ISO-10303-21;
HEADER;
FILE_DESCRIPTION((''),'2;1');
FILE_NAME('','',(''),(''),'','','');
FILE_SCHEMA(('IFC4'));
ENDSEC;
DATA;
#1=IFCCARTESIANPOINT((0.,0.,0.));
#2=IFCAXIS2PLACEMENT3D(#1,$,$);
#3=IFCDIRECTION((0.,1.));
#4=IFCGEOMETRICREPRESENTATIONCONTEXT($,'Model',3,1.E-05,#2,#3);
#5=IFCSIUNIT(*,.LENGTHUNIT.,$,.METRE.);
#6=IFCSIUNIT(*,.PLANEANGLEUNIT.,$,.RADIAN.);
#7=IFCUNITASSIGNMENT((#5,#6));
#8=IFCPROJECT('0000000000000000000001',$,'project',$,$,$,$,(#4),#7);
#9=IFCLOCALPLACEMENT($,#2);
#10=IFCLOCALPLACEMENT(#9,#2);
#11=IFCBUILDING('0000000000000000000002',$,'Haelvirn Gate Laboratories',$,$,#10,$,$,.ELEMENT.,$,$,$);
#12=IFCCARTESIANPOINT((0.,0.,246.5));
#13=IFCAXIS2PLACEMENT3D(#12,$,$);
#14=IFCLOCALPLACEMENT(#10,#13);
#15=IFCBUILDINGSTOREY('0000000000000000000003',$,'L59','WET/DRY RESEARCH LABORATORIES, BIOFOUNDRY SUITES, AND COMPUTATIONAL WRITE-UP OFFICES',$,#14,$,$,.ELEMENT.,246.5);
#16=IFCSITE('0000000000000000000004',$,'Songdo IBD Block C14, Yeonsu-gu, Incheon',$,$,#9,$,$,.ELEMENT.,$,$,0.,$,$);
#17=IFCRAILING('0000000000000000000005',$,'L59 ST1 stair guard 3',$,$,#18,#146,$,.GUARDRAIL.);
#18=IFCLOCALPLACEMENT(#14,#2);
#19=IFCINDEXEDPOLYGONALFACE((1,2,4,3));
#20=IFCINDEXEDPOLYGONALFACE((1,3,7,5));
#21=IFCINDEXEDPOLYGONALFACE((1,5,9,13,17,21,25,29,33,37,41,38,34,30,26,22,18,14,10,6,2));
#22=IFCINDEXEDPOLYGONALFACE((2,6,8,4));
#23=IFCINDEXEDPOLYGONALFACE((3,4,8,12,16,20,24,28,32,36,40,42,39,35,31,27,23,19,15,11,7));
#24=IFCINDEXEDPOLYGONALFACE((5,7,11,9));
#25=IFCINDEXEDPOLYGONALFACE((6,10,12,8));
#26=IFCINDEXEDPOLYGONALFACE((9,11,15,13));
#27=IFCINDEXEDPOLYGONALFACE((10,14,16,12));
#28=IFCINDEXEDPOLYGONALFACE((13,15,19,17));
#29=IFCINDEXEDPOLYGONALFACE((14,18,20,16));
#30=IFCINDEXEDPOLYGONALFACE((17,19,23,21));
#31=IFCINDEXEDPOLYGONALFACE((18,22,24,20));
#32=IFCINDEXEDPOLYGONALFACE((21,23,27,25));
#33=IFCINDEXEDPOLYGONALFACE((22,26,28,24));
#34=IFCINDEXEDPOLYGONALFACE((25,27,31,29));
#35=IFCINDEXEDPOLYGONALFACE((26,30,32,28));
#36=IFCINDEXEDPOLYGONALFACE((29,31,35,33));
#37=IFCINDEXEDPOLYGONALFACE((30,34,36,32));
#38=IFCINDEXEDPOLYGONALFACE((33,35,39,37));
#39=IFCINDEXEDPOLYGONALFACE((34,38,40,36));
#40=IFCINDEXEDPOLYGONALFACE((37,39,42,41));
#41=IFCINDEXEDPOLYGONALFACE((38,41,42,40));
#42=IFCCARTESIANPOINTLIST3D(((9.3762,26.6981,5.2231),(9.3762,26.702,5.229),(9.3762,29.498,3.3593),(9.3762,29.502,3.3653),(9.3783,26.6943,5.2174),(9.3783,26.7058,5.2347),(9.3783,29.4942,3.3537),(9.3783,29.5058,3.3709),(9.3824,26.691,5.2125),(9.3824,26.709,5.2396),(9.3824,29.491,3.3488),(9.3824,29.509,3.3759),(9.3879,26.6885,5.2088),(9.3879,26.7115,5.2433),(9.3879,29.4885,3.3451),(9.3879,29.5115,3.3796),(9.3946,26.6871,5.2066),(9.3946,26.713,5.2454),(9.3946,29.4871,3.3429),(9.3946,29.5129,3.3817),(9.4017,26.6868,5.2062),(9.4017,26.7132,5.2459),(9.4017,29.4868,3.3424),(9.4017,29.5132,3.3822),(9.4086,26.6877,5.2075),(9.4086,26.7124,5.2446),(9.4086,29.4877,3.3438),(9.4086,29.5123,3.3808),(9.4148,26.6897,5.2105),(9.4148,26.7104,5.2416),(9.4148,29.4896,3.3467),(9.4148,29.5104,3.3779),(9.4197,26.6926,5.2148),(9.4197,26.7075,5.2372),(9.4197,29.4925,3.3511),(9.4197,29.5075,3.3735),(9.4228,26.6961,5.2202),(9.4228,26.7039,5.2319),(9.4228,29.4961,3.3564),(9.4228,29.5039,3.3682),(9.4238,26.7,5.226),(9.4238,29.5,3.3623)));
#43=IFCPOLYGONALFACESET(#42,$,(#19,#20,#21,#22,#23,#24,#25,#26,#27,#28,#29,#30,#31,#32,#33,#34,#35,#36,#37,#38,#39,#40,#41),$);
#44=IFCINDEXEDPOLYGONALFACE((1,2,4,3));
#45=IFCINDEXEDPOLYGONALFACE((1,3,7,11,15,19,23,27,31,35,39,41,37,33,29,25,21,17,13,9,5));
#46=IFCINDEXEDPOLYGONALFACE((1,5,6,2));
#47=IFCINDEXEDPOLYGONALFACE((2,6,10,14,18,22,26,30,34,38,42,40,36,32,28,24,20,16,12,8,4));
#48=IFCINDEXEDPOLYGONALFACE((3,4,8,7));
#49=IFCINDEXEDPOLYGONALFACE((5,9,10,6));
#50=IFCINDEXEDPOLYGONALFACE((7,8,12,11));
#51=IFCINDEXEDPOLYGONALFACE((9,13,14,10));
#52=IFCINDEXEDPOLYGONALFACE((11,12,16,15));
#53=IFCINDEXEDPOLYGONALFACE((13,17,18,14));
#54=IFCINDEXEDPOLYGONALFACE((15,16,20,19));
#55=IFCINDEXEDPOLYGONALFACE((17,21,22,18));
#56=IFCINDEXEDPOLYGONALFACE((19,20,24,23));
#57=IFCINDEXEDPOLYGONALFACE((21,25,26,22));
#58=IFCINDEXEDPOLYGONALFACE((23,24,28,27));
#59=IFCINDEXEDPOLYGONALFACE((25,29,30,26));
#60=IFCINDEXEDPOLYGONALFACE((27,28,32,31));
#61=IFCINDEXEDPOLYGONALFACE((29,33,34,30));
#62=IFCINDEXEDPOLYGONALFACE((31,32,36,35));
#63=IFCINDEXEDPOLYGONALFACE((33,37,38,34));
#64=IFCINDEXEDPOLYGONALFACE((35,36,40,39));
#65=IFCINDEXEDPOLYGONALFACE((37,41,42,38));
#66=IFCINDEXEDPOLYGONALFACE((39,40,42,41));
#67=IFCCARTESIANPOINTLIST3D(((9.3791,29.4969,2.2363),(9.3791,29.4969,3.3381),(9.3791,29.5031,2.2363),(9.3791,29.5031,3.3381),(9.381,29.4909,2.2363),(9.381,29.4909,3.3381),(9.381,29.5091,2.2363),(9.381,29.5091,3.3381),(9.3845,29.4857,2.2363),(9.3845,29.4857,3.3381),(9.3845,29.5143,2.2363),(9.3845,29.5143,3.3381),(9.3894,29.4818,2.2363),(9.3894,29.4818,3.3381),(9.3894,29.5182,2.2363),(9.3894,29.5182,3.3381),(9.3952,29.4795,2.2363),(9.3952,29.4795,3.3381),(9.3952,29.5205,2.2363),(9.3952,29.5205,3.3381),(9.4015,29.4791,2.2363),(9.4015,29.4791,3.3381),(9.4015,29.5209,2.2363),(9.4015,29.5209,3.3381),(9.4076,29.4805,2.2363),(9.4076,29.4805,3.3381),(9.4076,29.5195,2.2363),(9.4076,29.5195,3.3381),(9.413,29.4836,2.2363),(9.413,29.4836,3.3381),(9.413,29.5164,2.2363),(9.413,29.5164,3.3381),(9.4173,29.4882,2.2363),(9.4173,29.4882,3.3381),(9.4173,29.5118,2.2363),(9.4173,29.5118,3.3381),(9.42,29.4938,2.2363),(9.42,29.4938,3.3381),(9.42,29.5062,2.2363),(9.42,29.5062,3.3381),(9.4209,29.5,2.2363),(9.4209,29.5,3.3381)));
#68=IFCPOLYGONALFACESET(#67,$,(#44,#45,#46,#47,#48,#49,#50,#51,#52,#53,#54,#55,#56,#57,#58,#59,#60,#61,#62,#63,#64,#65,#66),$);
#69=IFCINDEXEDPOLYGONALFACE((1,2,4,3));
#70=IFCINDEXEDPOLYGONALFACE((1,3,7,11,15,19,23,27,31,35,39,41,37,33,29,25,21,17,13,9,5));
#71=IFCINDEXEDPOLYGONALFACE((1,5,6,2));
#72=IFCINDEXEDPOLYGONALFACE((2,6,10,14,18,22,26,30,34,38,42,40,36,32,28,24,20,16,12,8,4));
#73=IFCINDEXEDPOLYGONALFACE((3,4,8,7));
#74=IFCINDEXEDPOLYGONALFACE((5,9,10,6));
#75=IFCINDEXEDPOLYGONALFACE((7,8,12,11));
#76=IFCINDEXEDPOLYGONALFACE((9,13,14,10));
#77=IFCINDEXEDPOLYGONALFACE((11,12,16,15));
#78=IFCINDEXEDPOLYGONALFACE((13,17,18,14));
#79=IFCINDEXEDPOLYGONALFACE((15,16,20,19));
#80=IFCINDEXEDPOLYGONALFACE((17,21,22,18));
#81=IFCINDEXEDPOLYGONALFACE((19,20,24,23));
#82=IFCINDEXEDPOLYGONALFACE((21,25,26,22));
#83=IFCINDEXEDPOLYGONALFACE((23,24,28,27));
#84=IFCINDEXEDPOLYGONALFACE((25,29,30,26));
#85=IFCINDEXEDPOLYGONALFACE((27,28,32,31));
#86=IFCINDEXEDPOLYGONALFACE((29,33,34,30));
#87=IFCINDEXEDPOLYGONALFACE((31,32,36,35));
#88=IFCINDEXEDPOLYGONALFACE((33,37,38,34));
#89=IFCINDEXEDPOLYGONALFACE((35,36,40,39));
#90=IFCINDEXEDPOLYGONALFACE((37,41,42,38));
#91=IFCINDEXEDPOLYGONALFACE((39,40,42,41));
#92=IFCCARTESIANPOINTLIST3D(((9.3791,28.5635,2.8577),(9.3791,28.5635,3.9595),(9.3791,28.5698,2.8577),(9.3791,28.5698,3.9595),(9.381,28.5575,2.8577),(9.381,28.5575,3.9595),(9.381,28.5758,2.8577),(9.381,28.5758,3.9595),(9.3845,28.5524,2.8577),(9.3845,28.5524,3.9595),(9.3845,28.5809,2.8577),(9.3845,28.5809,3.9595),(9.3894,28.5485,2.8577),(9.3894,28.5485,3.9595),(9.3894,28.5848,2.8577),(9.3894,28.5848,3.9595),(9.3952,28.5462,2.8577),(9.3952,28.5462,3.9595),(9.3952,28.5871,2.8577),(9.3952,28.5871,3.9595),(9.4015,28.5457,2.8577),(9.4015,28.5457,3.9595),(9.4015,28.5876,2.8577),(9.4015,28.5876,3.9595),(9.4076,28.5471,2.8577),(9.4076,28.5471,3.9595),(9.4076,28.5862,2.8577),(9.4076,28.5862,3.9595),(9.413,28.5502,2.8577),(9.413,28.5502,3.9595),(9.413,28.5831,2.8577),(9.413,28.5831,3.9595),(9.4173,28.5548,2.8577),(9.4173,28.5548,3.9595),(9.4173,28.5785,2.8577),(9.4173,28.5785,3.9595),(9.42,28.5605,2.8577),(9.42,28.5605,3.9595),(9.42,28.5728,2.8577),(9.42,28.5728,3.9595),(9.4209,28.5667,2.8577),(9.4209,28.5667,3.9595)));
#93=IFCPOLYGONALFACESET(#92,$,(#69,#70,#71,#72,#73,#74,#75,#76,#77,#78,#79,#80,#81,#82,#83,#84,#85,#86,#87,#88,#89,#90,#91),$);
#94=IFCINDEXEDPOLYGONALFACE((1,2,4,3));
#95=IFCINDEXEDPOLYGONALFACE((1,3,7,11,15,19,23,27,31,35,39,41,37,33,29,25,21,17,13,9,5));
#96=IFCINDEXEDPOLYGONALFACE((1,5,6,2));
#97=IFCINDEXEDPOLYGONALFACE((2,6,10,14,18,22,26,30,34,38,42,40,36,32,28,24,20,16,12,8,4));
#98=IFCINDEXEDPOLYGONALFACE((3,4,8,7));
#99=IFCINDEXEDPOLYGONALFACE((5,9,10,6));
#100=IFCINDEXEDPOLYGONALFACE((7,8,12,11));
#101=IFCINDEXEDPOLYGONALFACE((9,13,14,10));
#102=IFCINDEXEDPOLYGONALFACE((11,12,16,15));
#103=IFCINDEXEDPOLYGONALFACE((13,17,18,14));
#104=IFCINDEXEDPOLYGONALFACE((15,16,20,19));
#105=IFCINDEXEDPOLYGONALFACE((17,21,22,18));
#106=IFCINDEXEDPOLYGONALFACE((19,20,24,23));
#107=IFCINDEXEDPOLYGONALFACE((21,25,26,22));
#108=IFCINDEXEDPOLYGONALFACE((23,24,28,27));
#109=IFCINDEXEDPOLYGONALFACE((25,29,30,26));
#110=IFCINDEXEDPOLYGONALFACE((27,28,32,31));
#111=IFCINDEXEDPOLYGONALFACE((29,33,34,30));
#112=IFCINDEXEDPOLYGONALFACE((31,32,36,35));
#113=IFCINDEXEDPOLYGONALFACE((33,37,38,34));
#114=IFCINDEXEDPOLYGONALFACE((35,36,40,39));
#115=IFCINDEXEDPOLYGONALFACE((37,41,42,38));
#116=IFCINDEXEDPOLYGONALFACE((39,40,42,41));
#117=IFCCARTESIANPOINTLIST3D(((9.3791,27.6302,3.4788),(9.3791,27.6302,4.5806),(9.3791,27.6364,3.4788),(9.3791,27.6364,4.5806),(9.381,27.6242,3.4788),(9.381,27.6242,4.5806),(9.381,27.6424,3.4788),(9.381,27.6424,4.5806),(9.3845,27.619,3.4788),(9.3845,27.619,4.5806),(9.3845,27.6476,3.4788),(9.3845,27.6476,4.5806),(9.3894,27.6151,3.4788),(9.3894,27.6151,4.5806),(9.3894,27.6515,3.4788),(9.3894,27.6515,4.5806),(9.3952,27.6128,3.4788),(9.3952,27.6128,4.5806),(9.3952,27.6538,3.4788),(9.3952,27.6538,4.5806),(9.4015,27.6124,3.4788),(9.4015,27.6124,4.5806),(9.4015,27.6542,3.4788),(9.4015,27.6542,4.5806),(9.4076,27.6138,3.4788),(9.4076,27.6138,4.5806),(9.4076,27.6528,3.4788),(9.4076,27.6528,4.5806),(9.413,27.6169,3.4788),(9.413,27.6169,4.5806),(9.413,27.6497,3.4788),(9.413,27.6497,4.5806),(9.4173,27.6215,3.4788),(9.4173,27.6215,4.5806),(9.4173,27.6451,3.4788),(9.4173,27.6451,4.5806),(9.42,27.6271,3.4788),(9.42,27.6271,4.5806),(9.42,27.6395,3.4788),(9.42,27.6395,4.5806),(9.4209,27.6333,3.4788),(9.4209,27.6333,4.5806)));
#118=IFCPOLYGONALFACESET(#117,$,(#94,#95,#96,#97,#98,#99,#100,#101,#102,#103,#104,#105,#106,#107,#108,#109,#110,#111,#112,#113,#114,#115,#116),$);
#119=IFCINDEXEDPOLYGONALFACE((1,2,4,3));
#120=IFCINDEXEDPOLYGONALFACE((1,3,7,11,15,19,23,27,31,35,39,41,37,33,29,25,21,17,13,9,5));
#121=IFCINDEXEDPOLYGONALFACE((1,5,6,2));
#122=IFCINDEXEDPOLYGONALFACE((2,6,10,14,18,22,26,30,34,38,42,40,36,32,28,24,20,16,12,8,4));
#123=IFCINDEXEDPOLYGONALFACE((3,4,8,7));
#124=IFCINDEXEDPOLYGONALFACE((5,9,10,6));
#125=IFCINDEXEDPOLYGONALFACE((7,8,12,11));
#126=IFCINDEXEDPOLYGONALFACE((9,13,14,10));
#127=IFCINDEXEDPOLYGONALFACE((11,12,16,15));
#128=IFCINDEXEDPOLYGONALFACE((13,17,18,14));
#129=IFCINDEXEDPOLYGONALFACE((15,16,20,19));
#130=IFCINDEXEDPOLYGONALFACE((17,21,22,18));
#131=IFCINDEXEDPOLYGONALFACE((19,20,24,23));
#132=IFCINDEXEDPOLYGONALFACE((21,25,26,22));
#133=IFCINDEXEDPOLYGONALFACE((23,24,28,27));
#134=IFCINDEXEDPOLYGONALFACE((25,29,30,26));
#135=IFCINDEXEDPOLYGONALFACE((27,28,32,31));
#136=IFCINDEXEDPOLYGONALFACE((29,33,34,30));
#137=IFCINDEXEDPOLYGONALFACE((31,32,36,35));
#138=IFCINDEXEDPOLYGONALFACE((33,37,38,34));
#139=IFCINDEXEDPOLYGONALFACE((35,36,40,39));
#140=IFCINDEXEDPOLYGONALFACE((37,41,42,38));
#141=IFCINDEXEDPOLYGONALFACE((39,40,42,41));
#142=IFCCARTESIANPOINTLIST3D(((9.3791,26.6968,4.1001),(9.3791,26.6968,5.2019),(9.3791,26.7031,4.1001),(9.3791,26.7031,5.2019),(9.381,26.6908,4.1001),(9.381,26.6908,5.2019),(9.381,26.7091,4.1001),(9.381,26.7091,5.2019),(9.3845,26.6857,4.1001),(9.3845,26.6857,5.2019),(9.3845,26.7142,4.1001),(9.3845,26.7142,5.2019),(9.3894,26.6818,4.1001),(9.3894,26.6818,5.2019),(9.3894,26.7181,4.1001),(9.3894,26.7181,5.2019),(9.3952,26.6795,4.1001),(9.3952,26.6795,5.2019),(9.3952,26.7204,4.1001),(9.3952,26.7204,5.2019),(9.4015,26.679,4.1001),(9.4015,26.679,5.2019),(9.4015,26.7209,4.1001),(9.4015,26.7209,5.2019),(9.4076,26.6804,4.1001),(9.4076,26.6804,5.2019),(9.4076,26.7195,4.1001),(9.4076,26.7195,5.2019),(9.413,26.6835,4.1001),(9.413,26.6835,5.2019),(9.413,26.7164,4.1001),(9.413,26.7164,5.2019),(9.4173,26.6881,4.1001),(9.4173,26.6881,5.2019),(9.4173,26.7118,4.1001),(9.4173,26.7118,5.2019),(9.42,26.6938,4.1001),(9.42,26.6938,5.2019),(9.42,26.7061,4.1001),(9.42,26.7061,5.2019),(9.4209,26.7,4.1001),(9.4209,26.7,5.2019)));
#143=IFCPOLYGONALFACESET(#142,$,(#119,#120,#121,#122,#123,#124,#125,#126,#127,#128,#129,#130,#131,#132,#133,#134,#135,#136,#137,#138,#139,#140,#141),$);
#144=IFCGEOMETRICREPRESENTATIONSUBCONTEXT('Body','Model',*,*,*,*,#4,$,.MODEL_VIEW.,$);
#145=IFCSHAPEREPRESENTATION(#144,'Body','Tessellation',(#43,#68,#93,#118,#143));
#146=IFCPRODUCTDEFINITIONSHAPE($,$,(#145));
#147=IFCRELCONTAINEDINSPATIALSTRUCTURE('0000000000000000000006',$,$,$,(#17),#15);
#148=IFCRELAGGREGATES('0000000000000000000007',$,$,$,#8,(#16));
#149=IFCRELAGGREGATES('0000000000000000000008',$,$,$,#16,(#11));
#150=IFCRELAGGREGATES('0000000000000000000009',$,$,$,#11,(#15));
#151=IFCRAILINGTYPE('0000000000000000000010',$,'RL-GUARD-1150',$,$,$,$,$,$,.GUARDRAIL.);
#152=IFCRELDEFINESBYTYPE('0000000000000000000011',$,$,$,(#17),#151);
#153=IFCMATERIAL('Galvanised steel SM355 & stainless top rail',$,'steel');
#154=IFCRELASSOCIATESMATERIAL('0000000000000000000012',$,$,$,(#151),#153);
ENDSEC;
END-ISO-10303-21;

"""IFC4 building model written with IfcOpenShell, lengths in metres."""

from ifc_helpers import new_model, si_unit, direction, frame, origin, origin_2d, place, context, subcontext, project, spatial, circle, extrude, source, transform, mapped, material, type_object, element, save


model = new_model("IFC4")

# Units and contexts
model_context = context("Model", 3, precision=1e-05, world=origin(), true_north=direction((0.0, 1.0)))
body_context = subcontext(model_context, "Body", "Model", "MODEL_VIEW")
ifc_project = project(units=[si_unit("LENGTHUNIT", "METRE"), si_unit("PLANEANGLEUNIT", "RADIAN")], contexts=[model_context])

# Site, building, storey
site_placement = place(None, origin())
site = spatial("IfcSite", under=ifc_project, at=site_placement, Name="Songdo IBD Block C14, Yeonsu-gu, Incheon", CompositionType="ELEMENT", RefElevation=0.0)
building_placement = place(site_placement, origin())
building = spatial("IfcBuilding", under=site, at=building_placement, Name="Haelvirn Gate Laboratories", CompositionType="ELEMENT")
storey_placement = place(building_placement, frame((0.0, 0.0, 246.5)))
storey = spatial("IfcBuildingStorey", under=building, at=storey_placement, Name="L59", Description="WET/DRY RESEARCH LABORATORIES, BIOFOUNDRY SUITES, AND COMPUTATIONAL WRITE-UP OFFICES", CompositionType="ELEMENT", Elevation=246.5)

# Railing
ifc_material_1 = material(Name="Galvanised steel SM355 & stainless top rail", Category="steel")
railing_type_1 = type_object("IfcRailingType", Name="RL-GUARD-1150", PredefinedType="GUARDRAIL", material=ifc_material_1)
shared_shape_1 = source(origin(), body_context, "Body", "SweptSolid", [
    extrude(circle(Radius=0.0239, at=origin_2d()), frame((0.0, 0.0, 1.126), z_axis=(0.0, -0.832452, 0.554097), x_axis=(1.0, 0.0, 0.0)), (0.0, 0.0, 1.0), 3.3635),
    extrude(circle(Radius=0.021, at=origin_2d()), origin(), (0.0, 0.0, 1.0), 1.1018),
    extrude(circle(Radius=0.021, at=origin_2d()), frame((0.0, -0.9333, 0.6213)), (0.0, 0.0, 1.0), 1.1018),
    extrude(circle(Radius=0.021, at=origin_2d()), frame((0.0, -1.8667, 1.2424)), (0.0, 0.0, 1.0), 1.1018),
    extrude(circle(Radius=0.021, at=origin_2d()), frame((0.0, -2.8, 1.8638)), (0.0, 0.0, 1.0), 1.1018),
])
railing_1_placement = place(storey_placement, frame((9.3999, 29.5, 2.2363)))
element("IfcRailing", 1, at=railing_1_placement, inside=storey, type_object=railing_type_1, Name="L59 ST1 stair guard 3", PredefinedType="GUARDRAIL", context=body_context, shape_type="MappedRepresentation", body=[
    mapped(shared_shape_1, transform((0.0, 0.0, 0.0), scale=1.0)),
])

save(model, "model.ifc")
